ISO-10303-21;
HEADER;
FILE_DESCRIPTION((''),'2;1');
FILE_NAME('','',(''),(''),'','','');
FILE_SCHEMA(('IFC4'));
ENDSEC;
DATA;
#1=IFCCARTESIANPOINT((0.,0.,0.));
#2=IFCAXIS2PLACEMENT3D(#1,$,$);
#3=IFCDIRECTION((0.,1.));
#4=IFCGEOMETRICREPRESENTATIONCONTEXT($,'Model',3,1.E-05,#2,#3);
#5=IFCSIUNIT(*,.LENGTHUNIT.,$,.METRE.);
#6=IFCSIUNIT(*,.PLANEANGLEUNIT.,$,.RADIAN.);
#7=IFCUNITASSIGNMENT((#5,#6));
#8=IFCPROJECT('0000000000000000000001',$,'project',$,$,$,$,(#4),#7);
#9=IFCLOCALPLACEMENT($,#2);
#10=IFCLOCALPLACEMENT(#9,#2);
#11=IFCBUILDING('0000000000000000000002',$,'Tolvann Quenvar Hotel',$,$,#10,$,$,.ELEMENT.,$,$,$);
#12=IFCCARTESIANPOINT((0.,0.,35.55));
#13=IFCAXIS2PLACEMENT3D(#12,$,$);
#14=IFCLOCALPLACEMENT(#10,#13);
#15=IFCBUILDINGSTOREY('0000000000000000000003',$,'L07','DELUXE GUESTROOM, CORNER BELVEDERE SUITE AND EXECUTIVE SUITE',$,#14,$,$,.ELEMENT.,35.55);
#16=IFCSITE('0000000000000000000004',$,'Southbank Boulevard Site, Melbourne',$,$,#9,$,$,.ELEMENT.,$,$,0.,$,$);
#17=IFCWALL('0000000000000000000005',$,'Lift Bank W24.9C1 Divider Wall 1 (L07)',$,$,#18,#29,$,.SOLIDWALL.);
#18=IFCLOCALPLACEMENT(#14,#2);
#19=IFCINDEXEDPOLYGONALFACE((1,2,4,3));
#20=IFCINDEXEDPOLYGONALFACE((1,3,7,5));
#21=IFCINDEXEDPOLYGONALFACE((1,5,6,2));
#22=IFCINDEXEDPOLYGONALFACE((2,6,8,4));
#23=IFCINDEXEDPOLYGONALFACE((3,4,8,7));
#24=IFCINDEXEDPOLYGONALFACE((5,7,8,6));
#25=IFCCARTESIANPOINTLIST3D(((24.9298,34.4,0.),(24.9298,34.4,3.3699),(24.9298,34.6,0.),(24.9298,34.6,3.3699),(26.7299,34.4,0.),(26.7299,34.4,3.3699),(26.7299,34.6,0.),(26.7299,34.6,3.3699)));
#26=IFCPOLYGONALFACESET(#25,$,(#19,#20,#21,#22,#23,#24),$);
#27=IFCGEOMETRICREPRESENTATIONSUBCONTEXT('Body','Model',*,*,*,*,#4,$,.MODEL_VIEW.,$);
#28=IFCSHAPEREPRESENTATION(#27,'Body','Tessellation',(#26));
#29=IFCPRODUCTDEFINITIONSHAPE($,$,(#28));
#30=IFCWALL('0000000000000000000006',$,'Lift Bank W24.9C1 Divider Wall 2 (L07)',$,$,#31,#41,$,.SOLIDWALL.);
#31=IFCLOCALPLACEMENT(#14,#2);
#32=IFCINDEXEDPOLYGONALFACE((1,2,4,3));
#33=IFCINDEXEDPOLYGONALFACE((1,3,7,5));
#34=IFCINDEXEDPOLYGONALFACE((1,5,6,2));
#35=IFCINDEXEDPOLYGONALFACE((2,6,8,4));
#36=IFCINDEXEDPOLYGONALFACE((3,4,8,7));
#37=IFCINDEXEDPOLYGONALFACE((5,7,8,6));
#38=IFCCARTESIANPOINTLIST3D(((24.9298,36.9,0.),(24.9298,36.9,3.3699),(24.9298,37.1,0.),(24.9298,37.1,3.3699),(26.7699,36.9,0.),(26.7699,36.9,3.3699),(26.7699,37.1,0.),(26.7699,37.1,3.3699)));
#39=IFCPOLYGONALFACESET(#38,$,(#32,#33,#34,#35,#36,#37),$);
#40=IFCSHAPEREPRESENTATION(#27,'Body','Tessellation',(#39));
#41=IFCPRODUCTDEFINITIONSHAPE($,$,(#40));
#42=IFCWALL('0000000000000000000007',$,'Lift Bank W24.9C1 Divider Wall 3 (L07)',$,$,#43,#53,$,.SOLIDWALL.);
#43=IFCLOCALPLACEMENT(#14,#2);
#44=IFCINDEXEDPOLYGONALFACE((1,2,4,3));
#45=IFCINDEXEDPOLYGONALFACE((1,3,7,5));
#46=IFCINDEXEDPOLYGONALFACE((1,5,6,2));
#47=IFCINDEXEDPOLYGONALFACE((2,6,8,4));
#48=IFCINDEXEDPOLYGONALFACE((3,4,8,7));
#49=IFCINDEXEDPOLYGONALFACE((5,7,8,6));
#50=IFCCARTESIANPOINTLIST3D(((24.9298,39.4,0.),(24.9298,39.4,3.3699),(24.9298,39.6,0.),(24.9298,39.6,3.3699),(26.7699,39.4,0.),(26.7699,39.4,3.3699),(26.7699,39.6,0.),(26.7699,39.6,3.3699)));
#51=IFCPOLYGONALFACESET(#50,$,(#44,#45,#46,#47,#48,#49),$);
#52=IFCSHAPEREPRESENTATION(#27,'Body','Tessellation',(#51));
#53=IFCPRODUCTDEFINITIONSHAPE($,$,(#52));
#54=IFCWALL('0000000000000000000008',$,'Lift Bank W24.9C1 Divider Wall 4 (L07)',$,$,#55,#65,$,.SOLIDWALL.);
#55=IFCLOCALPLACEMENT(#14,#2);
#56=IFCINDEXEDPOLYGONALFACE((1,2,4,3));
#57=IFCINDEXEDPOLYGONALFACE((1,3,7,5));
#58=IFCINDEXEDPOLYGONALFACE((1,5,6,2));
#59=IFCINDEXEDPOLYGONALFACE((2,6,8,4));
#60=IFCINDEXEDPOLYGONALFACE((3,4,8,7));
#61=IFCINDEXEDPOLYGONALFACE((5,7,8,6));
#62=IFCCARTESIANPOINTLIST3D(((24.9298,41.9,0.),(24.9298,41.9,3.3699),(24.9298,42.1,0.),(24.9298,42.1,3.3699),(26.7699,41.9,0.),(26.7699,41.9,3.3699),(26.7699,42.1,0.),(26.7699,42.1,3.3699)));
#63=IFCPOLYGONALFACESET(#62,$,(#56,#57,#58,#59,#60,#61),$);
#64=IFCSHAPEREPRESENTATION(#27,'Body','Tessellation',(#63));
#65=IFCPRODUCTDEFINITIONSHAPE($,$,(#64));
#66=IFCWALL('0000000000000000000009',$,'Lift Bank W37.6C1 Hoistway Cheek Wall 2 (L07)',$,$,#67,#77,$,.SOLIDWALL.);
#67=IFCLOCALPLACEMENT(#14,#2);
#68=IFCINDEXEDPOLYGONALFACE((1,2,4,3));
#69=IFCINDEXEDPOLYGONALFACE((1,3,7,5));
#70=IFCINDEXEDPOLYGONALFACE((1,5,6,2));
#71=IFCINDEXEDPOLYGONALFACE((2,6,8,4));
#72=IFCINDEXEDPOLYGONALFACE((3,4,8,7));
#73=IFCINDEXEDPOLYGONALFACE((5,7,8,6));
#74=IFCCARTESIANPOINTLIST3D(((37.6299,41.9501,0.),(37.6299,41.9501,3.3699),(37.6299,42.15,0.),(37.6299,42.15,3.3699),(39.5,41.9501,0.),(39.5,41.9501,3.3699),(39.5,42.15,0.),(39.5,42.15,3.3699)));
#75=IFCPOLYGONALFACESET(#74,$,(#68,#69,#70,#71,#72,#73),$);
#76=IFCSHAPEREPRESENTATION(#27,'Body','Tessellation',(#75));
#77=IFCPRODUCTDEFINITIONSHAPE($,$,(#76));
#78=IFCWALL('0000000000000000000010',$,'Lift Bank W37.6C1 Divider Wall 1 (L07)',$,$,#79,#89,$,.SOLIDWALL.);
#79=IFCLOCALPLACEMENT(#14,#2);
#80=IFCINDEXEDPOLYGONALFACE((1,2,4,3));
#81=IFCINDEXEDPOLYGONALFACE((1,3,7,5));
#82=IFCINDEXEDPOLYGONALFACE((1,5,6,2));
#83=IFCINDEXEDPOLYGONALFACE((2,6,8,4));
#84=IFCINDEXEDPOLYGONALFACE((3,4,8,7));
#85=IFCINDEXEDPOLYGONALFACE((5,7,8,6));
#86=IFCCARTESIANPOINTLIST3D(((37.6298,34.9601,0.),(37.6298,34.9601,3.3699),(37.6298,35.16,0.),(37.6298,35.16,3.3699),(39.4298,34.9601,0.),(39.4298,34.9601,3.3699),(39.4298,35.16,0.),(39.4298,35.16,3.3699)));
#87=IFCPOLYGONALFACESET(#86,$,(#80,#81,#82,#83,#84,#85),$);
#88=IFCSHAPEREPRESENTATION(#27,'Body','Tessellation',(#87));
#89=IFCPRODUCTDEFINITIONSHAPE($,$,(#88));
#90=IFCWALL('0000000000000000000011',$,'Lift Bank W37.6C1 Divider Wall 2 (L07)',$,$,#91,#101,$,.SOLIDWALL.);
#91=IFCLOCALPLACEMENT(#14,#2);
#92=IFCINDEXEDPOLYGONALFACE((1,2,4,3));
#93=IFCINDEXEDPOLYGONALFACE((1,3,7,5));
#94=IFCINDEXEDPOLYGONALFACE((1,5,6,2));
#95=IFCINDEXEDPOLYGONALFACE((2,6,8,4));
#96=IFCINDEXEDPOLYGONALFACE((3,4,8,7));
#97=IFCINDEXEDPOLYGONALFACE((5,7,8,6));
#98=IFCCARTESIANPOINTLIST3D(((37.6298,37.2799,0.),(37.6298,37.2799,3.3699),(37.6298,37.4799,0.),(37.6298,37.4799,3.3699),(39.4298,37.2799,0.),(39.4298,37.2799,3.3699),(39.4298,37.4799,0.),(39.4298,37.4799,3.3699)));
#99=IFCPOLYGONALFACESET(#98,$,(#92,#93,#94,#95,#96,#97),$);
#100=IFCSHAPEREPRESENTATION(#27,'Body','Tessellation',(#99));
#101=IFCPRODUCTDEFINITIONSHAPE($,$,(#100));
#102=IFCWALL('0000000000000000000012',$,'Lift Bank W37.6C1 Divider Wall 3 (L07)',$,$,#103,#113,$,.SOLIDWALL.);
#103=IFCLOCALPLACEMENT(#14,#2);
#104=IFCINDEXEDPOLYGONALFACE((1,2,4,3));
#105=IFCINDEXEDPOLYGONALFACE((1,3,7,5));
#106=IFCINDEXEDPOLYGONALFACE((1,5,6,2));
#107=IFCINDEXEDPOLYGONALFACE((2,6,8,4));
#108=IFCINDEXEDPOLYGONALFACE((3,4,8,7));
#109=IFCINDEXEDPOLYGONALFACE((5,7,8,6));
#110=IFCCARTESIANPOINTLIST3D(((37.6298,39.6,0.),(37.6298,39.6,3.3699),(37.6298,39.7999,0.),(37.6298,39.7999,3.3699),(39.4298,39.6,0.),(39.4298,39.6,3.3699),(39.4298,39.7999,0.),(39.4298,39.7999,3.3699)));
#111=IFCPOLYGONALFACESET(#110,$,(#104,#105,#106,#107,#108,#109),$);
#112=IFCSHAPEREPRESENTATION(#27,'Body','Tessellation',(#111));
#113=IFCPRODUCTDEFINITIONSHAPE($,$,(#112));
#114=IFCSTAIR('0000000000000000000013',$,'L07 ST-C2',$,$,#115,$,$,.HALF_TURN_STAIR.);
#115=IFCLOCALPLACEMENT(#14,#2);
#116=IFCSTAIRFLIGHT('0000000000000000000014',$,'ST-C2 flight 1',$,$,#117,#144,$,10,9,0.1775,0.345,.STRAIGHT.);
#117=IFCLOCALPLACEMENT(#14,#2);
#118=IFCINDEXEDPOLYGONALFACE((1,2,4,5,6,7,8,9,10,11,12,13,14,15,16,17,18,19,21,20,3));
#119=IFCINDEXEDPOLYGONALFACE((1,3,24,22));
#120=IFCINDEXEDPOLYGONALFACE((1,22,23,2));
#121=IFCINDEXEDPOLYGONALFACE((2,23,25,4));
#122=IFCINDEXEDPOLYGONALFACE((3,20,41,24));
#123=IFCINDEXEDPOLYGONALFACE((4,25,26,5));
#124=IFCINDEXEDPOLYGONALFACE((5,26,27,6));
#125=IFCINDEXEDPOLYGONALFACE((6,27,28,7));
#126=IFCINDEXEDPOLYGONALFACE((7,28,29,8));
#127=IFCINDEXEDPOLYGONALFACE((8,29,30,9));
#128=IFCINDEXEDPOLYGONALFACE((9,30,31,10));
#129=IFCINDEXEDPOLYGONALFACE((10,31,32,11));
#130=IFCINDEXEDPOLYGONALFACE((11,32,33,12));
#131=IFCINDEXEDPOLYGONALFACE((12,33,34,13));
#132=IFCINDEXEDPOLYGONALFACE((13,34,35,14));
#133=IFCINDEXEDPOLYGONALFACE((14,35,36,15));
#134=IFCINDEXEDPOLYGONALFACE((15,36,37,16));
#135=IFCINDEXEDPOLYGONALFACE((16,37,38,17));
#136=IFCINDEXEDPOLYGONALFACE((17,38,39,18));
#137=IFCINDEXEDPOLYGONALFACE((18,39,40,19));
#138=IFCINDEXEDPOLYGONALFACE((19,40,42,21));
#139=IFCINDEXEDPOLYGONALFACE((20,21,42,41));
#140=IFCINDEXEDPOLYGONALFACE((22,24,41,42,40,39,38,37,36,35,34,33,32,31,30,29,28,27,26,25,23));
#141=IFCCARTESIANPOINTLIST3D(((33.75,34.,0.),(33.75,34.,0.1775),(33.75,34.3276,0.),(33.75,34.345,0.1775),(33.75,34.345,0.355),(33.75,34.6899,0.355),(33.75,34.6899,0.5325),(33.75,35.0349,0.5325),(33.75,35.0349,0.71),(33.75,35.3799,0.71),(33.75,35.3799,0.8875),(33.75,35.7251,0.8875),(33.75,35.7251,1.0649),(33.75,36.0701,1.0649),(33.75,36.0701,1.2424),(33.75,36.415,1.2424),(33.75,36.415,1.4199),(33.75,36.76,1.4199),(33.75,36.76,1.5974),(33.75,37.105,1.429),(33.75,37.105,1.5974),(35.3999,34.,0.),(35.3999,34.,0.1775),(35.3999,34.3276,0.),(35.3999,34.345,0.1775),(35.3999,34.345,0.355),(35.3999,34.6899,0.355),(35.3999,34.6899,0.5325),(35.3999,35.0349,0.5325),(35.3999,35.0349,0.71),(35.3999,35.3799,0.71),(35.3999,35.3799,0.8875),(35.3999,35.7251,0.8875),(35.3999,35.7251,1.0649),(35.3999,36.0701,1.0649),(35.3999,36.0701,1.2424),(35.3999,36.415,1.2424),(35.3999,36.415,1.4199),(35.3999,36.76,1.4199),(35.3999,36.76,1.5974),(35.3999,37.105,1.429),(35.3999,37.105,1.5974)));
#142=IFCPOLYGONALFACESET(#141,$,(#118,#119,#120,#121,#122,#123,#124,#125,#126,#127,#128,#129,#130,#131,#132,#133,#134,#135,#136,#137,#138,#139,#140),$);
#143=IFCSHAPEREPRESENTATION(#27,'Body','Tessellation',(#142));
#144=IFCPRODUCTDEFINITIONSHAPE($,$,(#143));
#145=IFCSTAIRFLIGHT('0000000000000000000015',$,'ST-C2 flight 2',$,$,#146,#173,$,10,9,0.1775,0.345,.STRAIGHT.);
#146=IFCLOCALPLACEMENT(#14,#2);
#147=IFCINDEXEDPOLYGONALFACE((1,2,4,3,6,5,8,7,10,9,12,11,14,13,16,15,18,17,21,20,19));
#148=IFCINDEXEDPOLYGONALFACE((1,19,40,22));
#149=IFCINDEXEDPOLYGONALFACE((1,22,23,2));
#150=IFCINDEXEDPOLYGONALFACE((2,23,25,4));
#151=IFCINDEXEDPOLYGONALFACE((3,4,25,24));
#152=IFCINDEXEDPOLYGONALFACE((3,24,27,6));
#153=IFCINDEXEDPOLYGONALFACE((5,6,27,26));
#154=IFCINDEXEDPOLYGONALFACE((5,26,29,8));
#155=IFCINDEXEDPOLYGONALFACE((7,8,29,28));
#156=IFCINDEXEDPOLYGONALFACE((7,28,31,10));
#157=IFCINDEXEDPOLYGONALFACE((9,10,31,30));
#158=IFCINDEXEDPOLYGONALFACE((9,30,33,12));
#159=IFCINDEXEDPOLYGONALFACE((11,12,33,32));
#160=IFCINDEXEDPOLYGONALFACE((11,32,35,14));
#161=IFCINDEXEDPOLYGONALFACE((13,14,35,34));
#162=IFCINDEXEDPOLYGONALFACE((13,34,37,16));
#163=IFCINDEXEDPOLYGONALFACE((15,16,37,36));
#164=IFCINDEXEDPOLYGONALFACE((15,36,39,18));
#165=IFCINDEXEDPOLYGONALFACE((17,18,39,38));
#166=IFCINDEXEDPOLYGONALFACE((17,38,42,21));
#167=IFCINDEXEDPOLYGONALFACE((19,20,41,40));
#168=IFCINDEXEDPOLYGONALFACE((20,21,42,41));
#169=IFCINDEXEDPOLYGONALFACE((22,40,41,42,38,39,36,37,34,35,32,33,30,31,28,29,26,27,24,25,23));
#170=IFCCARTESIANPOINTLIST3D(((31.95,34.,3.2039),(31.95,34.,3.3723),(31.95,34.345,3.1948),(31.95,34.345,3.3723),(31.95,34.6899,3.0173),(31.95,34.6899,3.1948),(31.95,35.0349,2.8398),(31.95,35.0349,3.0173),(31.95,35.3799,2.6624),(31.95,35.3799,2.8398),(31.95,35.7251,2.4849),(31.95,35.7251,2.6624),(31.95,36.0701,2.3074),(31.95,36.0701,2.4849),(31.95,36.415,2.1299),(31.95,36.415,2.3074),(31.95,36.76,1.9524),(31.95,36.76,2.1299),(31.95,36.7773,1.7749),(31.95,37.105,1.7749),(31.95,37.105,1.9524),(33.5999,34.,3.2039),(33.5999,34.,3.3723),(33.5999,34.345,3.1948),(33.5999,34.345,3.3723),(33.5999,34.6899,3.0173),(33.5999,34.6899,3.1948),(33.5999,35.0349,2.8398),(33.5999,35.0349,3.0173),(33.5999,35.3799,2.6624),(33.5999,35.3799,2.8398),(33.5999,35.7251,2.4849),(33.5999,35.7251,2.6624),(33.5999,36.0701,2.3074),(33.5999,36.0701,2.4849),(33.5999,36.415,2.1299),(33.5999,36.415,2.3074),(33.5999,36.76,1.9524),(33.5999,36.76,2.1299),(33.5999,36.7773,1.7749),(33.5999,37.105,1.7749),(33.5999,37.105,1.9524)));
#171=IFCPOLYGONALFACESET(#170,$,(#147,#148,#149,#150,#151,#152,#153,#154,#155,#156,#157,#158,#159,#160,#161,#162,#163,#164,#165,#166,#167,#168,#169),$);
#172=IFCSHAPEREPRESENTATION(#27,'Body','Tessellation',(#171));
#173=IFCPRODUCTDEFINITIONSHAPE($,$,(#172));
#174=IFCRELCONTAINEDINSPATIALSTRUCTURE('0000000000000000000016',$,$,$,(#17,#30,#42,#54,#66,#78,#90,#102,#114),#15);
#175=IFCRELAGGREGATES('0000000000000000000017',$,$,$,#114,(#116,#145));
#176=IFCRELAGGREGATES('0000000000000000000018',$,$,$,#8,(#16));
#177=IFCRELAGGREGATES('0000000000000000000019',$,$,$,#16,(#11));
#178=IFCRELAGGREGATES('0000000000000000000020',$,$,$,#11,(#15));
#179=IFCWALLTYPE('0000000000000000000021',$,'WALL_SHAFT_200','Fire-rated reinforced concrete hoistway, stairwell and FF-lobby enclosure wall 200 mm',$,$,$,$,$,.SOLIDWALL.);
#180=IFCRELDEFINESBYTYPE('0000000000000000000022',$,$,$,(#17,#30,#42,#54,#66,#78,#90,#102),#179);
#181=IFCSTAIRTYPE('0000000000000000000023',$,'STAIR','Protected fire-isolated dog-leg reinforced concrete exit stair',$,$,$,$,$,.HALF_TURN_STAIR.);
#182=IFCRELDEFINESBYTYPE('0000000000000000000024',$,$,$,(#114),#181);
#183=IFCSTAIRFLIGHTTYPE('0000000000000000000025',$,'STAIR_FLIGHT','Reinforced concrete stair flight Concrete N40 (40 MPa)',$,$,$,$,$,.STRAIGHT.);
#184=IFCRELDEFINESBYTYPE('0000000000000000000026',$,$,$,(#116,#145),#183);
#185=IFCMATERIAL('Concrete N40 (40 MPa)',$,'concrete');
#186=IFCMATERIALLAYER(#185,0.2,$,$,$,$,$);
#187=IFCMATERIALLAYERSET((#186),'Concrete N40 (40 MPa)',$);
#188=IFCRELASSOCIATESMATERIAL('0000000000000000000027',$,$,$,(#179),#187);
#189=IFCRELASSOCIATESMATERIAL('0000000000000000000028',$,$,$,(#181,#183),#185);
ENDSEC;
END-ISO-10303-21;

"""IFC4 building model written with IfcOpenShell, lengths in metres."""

from ifc_helpers import new_model, si_unit, direction, frame, frame_2d, origin, place, context, subcontext, project, spatial, polyline, rectangle, outline, extrude, material, layer, layer_set, type_object, element, aggregate, save


model = new_model("IFC4")

# Units and contexts
model_context = context("Model", 3, precision=1e-05, world=origin(), true_north=direction((0.0, 1.0)))
body_context = subcontext(model_context, "Body", "Model", "MODEL_VIEW")
ifc_project = project(units=[si_unit("LENGTHUNIT", "METRE"), si_unit("PLANEANGLEUNIT", "RADIAN")], contexts=[model_context])

# Site, building, storey
site_placement = place(None, origin())
site = spatial("IfcSite", under=ifc_project, at=site_placement, Name="Southbank Boulevard Site, Melbourne", CompositionType="ELEMENT", RefElevation=0.0)
building_placement = place(site_placement, origin())
building = spatial("IfcBuilding", under=site, at=building_placement, Name="Tolvann Quenvar Hotel", CompositionType="ELEMENT")
storey_placement = place(building_placement, frame((0.0, 0.0, 35.55)))
storey = spatial("IfcBuildingStorey", under=building, at=storey_placement, Name="L07", Description="DELUXE GUESTROOM, CORNER BELVEDERE SUITE AND EXECUTIVE SUITE", CompositionType="ELEMENT", Elevation=35.55)

# Shared definitions
ifc_material_1 = material(Name="Concrete N40 (40 MPa)", Category="concrete")
ifc_layer_1 = layer(ifc_material_1, 0.2)
ifc_layer_set_1 = layer_set([ifc_layer_1], Name="Concrete N40 (40 MPa)")
wall_type_1 = type_object("IfcWallType", Name="WALL_SHAFT_200", Description="Fire-rated reinforced concrete hoistway, stairwell and FF-lobby enclosure wall 200 mm", PredefinedType="SOLIDWALL", material=ifc_layer_set_1)

# Walls
wall_1_placement = place(storey_placement, frame((24.9299, 34.5, 0.0), z_axis=(0.0, 0.0, 1.0), x_axis=(1.0, 0.0, 0.0)))
element("IfcWall", 1, at=wall_1_placement, inside=storey, type_object=wall_type_1, Name="Lift Bank W24.9C1 Divider Wall 1 (L07)", PredefinedType="SOLIDWALL", context=body_context, shape_type="SweptSolid", body=[
    extrude(rectangle(XDim=1.8, YDim=0.2, at=frame_2d((0.8999, 0.0))), origin(), (0.0, 0.0, 1.0), 3.3699),
])
for number, where, z_axis, x_axis, name in (
    (2, (24.9299, 37.0, 0.0), (0.0, 0.0, 1.0), (1.0, 0.0, 0.0), "Lift Bank W24.9C1 Divider Wall 2 (L07)"),
    (3, (24.9299, 39.5, 0.0), (0.0, 0.0, 1.0), (1.0, 0.0, 0.0), "Lift Bank W24.9C1 Divider Wall 3 (L07)"),
    (4, (24.9299, 42.0, 0.0), (0.0, 0.0, 1.0), (1.0, 0.0, 0.0), "Lift Bank W24.9C1 Divider Wall 4 (L07)"),
):
    element("IfcWall", number, at=place(storey_placement, frame(where, z_axis=z_axis, x_axis=x_axis)), inside=storey, type_object=wall_type_1, Name=name, PredefinedType="SOLIDWALL", context=body_context, shape_type="SweptSolid", body=[
        extrude(rectangle(XDim=1.8401, YDim=0.2, at=frame_2d((0.9199, 0.0))), origin(), (0.0, 0.0, 1.0), 3.3699),
    ])
wall_2_placement = place(storey_placement, frame((37.6299, 42.05, 0.0), z_axis=(0.0, 0.0, 1.0), x_axis=(1.0, 0.0, 0.0)))
element("IfcWall", 5, at=wall_2_placement, inside=storey, type_object=wall_type_1, Name="Lift Bank W37.6C1 Hoistway Cheek Wall 2 (L07)", PredefinedType="SOLIDWALL", context=body_context, shape_type="SweptSolid", body=[
    extrude(rectangle(XDim=1.8701, YDim=0.2, at=frame_2d((0.9351, 0.0))), origin(), (0.0, 0.0, 1.0), 3.3699),
])
for number, where, z_axis, x_axis, name in (
    (6, (37.6299, 35.0601, 0.0), (0.0, 0.0, 1.0), (1.0, 0.0, 0.0), "Lift Bank W37.6C1 Divider Wall 1 (L07)"),
    (7, (37.6299, 37.3799, 0.0), (0.0, 0.0, 1.0), (1.0, 0.0, 0.0), "Lift Bank W37.6C1 Divider Wall 2 (L07)"),
    (8, (37.6299, 39.7, 0.0), (0.0, 0.0, 1.0), (1.0, 0.0, 0.0), "Lift Bank W37.6C1 Divider Wall 3 (L07)"),
):
    element("IfcWall", number, at=place(storey_placement, frame(where, z_axis=z_axis, x_axis=x_axis)), inside=storey, type_object=wall_type_1, Name=name, PredefinedType="SOLIDWALL", context=body_context, shape_type="SweptSolid", body=[
        extrude(rectangle(XDim=1.8, YDim=0.2, at=frame_2d((0.8999, 0.0))), origin(), (0.0, 0.0, 1.0), 3.3699),
    ])

# Stair, stair flights
stair_type = type_object("IfcStairType", Name="STAIR", Description="Protected fire-isolated dog-leg reinforced concrete exit stair", PredefinedType="HALF_TURN_STAIR", material=ifc_material_1)
stair_placement = place(storey_placement, origin())
stair = element("IfcStair", 9, at=stair_placement, inside=storey, type_object=stair_type, Name="L07 ST-C2", PredefinedType="HALF_TURN_STAIR")
stair_flight_type = type_object("IfcStairFlightType", Name="STAIR_FLIGHT", Description="Reinforced concrete stair flight Concrete N40 (40 MPa)", PredefinedType="STRAIGHT", material=ifc_material_1)
stair_flight_1_placement = place(storey_placement, frame((34.575, 34.0, 0.0), z_axis=(0.0, 0.0, 1.0), x_axis=(0.0, 1.0, 0.0)))
stair_flight_1 = element("IfcStairFlight", 10, at=stair_flight_1_placement, type_object=stair_flight_type, Name="ST-C2 flight 1", NumberOfRisers=10, NumberOfTreads=9, PredefinedType="STRAIGHT", RiserHeight=0.1775, TreadLength=0.345, context=body_context, shape_type="SweptSolid", body=[
    extrude(outline(polyline([(0.0, 0.0), (0.0, 0.1775), (0.345, 0.1775), (0.345, 0.355), (0.6899, 0.355), (0.6899, 0.5325), (1.0349, 0.5325), (1.0349, 0.71), (1.3799, 0.71), (1.3799, 0.8875), (1.7251, 0.8875), (1.7251, 1.0649), (2.0701, 1.0649), (2.0701, 1.2424), (2.415, 1.2424), (2.415, 1.4199), (2.76, 1.4199), (2.76, 1.5974), (3.105, 1.5974), (3.105, 1.7749), (3.105, 1.429), (0.3276, 0.0), (0.0, 0.0)])), frame((0.0, 0.825, 0.0), z_axis=(0.0, -1.0, 0.0), x_axis=(1.0, 0.0, 0.0)), (0.0, 0.0, 1.0), 1.6499),
])
stair_flight_2_placement = place(storey_placement, frame((32.7749, 37.105, 1.7749), z_axis=(0.0, 0.0, 1.0), x_axis=(0.0, -1.0, 0.0)))
stair_flight_2 = element("IfcStairFlight", 11, at=stair_flight_2_placement, type_object=stair_flight_type, Name="ST-C2 flight 2", NumberOfRisers=10, NumberOfTreads=9, PredefinedType="STRAIGHT", RiserHeight=0.1775, TreadLength=0.345, context=body_context, shape_type="SweptSolid", body=[
    extrude(outline(polyline([(0.0, 0.0), (0.0, 0.1775), (0.345, 0.1775), (0.345, 0.355), (0.6899, 0.355), (0.6899, 0.5325), (1.0349, 0.5325), (1.0349, 0.71), (1.3799, 0.71), (1.3799, 0.8875), (1.7251, 0.8875), (1.7251, 1.0649), (2.0701, 1.0649), (2.0701, 1.2424), (2.415, 1.2424), (2.415, 1.4199), (2.76, 1.4199), (2.76, 1.5974), (3.105, 1.5974), (3.105, 1.7749), (3.105, 1.429), (0.3276, 0.0), (0.0, 0.0)])), frame((0.0, 0.825, 0.0), z_axis=(0.0, -1.0, 0.0), x_axis=(1.0, 0.0, 0.0)), (0.0, 0.0, 1.0), 1.6499),
])
aggregate(stair, [stair_flight_1, stair_flight_2])

save(model, "model.ifc")
